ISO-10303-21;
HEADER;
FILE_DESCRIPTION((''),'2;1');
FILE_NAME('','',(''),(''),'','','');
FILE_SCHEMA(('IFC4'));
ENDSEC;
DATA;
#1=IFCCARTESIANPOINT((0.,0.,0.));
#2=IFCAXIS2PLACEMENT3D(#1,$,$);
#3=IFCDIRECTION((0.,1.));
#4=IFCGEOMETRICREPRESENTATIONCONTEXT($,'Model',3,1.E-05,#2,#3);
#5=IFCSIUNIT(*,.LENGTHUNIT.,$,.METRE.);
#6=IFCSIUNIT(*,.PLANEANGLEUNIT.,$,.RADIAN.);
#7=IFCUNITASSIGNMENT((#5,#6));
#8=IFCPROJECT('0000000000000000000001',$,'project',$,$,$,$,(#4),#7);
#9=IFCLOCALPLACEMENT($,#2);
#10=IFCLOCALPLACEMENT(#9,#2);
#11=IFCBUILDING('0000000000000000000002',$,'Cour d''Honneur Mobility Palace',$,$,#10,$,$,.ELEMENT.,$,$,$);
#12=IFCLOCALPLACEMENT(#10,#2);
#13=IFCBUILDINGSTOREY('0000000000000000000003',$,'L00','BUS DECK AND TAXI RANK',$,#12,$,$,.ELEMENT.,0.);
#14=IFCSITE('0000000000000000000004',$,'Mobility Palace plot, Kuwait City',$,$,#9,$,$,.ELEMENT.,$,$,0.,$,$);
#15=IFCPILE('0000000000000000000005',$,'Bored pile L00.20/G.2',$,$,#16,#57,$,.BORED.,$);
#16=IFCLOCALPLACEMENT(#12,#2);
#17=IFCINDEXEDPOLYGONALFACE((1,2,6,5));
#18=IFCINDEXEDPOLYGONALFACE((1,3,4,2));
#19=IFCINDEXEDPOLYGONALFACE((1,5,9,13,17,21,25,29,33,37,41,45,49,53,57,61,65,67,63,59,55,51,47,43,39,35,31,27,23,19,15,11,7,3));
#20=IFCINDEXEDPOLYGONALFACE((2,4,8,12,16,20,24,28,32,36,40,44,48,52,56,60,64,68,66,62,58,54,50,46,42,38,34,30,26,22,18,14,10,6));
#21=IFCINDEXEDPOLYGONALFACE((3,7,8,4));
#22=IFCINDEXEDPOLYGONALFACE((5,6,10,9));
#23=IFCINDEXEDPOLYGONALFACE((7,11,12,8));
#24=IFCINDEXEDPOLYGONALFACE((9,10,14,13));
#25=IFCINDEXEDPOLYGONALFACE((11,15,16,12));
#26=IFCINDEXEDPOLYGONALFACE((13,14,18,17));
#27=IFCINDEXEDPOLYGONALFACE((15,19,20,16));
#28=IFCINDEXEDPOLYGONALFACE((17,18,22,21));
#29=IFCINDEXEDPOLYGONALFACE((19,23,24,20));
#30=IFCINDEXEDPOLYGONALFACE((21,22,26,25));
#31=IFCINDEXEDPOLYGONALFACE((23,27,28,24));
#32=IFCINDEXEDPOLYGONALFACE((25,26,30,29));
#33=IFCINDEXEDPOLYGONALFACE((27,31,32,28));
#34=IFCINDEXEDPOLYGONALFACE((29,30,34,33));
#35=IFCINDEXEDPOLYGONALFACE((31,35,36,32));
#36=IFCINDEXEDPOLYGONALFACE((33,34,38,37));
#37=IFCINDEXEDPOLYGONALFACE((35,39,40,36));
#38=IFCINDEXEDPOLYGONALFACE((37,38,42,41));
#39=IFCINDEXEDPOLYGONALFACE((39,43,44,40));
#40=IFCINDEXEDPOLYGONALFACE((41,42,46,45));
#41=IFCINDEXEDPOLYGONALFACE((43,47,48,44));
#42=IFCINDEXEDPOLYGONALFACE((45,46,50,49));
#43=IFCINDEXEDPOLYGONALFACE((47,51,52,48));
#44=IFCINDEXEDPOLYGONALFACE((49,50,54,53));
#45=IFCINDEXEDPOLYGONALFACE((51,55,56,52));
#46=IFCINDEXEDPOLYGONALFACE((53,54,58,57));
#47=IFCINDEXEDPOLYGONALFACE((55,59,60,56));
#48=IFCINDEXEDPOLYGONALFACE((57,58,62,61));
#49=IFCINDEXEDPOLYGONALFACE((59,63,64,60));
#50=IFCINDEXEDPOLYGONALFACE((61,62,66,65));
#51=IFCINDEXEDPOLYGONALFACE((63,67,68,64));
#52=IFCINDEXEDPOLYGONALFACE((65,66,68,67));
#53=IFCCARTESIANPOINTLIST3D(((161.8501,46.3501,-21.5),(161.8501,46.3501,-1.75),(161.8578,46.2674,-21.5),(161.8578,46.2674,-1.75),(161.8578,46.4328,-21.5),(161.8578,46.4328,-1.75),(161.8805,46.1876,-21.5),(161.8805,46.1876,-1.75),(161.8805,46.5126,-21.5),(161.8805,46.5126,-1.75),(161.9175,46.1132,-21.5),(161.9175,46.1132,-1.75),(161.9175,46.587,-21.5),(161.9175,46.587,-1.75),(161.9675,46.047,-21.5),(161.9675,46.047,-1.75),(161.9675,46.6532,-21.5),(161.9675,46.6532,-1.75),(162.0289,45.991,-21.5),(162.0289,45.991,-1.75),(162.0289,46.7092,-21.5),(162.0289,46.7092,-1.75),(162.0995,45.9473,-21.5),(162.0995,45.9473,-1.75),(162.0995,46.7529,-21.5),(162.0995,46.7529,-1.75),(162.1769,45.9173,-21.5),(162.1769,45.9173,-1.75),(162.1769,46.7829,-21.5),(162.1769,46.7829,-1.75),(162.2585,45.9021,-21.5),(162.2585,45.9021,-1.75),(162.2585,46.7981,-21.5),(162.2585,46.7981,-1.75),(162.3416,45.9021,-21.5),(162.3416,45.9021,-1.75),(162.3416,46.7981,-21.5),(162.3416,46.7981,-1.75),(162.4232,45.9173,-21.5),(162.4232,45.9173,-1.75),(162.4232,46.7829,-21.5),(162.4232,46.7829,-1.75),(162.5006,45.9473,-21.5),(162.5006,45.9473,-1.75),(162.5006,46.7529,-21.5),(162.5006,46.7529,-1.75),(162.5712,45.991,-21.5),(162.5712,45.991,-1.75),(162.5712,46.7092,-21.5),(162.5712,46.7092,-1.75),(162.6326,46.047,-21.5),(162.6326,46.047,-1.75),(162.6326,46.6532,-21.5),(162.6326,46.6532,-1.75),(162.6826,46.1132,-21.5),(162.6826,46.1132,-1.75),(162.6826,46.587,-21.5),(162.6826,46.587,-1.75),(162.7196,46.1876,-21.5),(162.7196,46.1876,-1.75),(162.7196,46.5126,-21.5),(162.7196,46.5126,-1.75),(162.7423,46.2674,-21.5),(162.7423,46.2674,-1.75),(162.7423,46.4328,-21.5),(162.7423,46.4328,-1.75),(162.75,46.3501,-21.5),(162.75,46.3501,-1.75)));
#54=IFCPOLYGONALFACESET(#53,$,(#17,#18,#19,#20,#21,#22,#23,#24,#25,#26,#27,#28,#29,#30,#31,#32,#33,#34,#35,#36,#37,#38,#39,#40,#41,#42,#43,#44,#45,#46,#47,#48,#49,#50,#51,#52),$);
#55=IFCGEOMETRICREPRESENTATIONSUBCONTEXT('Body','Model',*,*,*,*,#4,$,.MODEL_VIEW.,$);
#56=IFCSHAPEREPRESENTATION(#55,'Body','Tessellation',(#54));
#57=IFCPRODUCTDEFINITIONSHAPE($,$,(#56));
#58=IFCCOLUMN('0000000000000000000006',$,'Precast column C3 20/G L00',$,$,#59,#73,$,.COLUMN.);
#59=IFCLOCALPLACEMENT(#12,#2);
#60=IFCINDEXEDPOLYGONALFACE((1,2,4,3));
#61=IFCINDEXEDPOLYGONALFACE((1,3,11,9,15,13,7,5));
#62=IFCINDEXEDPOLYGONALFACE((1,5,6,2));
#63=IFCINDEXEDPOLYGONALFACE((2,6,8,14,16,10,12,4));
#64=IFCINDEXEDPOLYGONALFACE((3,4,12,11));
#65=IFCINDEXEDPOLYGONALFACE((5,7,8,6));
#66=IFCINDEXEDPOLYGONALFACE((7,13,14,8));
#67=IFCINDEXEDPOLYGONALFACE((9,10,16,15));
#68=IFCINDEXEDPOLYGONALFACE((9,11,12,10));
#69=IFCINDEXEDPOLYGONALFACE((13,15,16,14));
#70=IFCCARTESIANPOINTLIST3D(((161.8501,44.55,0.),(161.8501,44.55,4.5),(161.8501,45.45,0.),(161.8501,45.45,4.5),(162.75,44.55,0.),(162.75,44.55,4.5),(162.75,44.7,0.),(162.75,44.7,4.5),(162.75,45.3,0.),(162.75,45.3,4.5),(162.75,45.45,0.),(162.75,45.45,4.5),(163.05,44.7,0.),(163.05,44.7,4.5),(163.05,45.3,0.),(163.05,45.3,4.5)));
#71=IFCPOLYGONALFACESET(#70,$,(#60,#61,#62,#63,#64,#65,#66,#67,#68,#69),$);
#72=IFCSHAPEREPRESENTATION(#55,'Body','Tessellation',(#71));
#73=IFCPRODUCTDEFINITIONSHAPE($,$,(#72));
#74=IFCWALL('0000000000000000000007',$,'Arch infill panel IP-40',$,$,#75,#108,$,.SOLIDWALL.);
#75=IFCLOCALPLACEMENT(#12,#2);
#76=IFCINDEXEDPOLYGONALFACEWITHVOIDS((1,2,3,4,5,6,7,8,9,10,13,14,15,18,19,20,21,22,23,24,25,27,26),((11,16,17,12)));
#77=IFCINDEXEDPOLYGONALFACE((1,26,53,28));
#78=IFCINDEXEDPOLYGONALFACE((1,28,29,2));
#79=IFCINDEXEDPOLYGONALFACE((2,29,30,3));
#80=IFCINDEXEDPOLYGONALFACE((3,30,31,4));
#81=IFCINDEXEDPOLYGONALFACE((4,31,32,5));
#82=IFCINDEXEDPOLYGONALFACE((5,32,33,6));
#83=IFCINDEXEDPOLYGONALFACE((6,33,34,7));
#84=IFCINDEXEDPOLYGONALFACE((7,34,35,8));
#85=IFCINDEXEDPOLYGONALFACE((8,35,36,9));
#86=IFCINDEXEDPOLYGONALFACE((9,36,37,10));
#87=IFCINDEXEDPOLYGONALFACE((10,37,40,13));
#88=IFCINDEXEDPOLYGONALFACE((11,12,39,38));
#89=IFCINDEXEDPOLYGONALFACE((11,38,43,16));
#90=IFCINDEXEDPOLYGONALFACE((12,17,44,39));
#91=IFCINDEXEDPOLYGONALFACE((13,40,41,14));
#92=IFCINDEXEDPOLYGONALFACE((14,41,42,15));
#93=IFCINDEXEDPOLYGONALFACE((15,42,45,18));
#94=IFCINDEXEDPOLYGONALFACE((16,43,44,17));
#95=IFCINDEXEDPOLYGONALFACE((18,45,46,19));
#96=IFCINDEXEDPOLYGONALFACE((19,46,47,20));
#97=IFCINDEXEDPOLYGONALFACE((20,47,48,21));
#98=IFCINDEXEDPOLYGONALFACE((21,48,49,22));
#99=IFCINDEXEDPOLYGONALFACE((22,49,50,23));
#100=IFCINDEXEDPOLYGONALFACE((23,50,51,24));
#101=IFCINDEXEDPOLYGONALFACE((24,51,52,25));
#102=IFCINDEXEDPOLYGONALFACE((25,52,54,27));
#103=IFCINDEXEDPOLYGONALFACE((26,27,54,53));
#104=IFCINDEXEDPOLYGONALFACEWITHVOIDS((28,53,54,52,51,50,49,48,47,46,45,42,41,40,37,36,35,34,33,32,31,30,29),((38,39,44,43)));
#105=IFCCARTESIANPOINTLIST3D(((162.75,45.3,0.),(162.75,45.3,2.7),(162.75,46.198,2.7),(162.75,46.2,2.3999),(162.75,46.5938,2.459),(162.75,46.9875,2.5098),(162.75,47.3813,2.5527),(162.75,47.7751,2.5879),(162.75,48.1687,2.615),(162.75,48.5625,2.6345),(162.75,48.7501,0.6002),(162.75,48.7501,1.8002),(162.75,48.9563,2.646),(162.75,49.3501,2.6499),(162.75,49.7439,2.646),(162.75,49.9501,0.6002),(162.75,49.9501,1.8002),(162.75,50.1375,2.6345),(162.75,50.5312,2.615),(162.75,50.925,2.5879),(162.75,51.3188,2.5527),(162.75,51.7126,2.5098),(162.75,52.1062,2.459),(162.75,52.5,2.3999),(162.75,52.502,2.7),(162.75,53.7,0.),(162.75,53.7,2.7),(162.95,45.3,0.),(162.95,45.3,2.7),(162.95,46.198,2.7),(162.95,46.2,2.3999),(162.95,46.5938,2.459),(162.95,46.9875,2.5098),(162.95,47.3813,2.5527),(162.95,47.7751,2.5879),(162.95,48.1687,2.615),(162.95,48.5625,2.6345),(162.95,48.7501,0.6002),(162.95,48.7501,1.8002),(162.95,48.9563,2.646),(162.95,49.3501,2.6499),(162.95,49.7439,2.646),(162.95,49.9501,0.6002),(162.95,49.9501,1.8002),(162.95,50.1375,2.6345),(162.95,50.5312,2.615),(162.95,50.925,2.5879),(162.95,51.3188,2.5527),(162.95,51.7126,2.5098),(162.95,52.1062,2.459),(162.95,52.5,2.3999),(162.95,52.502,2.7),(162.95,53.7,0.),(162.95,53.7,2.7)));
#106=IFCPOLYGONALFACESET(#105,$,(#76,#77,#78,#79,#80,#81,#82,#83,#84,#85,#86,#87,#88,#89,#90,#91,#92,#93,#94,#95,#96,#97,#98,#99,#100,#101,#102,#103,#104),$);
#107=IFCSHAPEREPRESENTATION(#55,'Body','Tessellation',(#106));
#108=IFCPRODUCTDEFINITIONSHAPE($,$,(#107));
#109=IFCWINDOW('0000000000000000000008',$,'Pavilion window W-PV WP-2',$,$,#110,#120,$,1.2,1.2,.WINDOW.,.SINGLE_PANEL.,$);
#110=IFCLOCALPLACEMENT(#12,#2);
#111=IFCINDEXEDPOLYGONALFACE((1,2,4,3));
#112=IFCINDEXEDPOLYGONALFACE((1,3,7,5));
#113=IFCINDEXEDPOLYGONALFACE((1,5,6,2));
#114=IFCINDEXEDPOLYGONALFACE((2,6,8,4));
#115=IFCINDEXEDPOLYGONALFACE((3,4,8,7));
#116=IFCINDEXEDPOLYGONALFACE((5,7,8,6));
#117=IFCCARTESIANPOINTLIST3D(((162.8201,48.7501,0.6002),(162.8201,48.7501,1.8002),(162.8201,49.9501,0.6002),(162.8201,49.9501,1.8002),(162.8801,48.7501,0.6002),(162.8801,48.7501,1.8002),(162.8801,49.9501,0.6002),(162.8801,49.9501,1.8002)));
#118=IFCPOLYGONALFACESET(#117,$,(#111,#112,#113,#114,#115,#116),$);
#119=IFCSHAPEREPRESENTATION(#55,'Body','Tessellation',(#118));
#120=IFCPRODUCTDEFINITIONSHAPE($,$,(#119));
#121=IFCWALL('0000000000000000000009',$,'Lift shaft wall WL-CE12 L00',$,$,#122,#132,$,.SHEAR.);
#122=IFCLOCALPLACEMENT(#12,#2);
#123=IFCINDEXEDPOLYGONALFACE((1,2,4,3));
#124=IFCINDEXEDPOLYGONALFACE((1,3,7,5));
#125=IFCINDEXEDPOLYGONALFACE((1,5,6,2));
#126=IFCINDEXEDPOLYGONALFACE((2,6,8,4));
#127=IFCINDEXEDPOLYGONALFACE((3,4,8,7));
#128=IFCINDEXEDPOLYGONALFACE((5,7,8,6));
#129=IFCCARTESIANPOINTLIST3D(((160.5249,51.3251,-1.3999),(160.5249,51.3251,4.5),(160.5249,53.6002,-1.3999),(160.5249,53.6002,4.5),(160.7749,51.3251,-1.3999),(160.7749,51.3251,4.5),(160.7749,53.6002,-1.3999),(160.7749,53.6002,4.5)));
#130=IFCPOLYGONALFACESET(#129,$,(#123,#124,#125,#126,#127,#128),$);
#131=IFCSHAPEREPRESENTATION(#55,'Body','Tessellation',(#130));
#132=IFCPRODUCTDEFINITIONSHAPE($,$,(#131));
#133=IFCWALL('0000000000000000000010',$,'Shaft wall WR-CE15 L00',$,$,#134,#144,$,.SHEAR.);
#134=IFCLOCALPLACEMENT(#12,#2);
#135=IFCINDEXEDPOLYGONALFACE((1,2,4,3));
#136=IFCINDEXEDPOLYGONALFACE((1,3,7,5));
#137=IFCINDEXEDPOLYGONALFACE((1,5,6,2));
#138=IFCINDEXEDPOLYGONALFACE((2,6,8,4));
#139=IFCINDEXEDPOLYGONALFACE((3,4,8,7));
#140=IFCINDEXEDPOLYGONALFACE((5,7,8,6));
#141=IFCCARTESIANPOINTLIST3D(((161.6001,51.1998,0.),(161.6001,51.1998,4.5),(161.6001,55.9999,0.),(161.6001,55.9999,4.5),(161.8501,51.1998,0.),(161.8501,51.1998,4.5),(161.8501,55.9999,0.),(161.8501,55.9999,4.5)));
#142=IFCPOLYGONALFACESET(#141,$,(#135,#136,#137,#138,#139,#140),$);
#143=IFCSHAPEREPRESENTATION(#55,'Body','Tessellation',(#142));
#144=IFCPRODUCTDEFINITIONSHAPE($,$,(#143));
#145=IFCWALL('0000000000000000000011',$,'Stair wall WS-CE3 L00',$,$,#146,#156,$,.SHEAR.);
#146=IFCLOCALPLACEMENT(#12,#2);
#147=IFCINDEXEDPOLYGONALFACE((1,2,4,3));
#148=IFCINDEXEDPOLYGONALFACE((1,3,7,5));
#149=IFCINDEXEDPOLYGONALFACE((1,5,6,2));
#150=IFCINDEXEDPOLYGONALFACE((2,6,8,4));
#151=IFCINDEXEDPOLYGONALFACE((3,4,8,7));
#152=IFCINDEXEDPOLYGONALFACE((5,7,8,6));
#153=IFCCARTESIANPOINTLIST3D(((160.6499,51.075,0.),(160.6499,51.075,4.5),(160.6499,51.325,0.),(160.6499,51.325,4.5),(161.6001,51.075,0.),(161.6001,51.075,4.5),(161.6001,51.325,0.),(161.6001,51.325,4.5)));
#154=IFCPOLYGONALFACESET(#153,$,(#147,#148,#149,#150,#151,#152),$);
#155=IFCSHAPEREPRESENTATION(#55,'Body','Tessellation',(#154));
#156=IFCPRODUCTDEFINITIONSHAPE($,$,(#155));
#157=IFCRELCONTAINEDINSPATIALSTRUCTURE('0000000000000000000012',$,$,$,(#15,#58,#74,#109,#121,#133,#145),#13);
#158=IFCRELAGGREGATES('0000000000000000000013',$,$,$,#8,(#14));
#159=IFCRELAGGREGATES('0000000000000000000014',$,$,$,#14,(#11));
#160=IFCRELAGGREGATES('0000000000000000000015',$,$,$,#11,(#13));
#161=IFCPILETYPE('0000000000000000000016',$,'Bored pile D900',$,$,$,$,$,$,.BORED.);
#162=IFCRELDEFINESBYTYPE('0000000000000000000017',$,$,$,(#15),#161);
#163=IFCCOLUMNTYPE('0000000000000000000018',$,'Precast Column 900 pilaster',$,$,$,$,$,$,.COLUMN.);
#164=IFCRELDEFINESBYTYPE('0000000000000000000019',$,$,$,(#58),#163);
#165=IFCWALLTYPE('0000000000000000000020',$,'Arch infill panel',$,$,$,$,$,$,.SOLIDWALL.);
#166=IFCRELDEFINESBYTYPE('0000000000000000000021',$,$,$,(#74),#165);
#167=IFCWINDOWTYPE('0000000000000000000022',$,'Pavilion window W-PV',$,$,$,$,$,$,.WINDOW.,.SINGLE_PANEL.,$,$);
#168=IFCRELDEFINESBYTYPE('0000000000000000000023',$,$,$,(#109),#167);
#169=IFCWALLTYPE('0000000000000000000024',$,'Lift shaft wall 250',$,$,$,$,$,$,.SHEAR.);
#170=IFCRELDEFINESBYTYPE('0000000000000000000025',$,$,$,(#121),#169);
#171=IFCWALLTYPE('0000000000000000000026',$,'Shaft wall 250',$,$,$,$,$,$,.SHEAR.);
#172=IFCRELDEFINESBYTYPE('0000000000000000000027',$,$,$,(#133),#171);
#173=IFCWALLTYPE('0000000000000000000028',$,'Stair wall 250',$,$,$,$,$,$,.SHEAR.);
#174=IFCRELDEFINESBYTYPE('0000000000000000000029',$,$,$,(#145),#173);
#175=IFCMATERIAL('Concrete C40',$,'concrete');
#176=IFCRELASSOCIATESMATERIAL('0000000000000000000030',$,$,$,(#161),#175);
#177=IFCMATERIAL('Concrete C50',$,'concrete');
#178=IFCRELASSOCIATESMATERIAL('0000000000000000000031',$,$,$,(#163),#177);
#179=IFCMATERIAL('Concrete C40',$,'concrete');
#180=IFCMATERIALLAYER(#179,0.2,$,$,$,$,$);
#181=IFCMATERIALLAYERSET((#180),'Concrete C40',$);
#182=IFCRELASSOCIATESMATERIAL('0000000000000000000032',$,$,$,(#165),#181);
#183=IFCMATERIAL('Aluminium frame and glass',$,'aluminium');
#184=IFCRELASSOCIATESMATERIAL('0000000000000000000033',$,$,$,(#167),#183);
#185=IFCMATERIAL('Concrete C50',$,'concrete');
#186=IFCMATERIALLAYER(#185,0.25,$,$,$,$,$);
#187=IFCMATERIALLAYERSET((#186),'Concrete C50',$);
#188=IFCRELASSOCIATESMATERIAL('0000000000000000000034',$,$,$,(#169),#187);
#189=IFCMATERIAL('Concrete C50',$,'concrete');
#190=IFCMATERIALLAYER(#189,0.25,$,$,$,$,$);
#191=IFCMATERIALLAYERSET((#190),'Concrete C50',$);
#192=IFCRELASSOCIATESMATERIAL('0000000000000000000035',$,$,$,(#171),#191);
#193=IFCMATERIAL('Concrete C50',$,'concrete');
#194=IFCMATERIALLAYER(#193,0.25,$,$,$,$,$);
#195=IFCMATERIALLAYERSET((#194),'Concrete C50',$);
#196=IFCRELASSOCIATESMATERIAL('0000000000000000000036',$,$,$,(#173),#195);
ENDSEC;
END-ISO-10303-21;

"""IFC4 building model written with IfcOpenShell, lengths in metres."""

from ifc_helpers import new_model, si_unit, direction, frame, frame_2d, origin, origin_2d, place, context, subcontext, project, spatial, polyline, rectangle, circle, outline, extrude, material, layer, layer_set, material_profile, profile_set, type_object, element, fill, save


model = new_model("IFC4")

# Units and contexts
model_context = context("Model", 3, precision=1e-05, world=origin(), true_north=direction((0.0, 1.0)))
body_context = subcontext(model_context, "Body", "Model", "MODEL_VIEW")
ifc_project = project(units=[si_unit("LENGTHUNIT", "METRE"), si_unit("PLANEANGLEUNIT", "RADIAN")], contexts=[model_context])

# Site, building, storey
site_placement = place(None, origin())
site = spatial("IfcSite", under=ifc_project, at=site_placement, Name="Mobility Palace plot, Kuwait City", CompositionType="ELEMENT", RefElevation=0.0)
building_placement = place(site_placement, origin())
building = spatial("IfcBuilding", under=site, at=building_placement, Name="Cour d'Honneur Mobility Palace", CompositionType="ELEMENT")
storey_placement = place(building_placement, origin())
storey = spatial("IfcBuildingStorey", under=building, at=storey_placement, Name="L00", Description="BUS DECK AND TAXI RANK", CompositionType="ELEMENT", Elevation=0.0)

# Pile
ifc_material_1 = material(Name="Concrete C40", Category="concrete")
ifc_material_profile_1 = material_profile(ifc_material_1, circle(Radius=0.45, at=origin_2d()), Name="Bored pile D900")
ifc_profile_set_1 = profile_set([ifc_material_profile_1], Name="Concrete C40")
pile_type_1 = type_object("IfcPileType", Name="Bored pile D900", PredefinedType="BORED", material=ifc_profile_set_1)
pile_1_placement = place(storey_placement, frame((162.3, 46.3501, -1.75), z_axis=(0.0, 0.0, -1.0), x_axis=(1.0, 0.0, 0.0)))
element("IfcPile", 1, at=pile_1_placement, inside=storey, type_object=pile_type_1, Name="Bored pile L00.20/G.2", PredefinedType="BORED", context=body_context, shape_type="SweptSolid", body=[
    extrude(circle(Radius=0.45, at=origin_2d()), origin(), (0.0, 0.0, 1.0), 19.75),
])

# Column
ifc_material_2 = material(Name="Concrete C50", Category="concrete")
ifc_material_profile_2 = material_profile(ifc_material_2, outline(polyline([(-0.45, -0.45), (0.45, -0.45), (0.45, -0.3), (0.75, -0.3), (0.75, 0.3), (0.45, 0.3), (0.45, 0.45), (-0.45, 0.45), (-0.45, -0.45)])), Name="PC C900 pilaster")
ifc_profile_set_2 = profile_set([ifc_material_profile_2], Name="Concrete C50")
column_type = type_object("IfcColumnType", Name="Precast Column 900 pilaster", PredefinedType="COLUMN", material=ifc_profile_set_2)
column_placement = place(storey_placement, frame((162.3, 45.0, 0.0), z_axis=(0.0, 0.0, 1.0), x_axis=(1.0, 0.0, 0.0)))
element("IfcColumn", 2, at=column_placement, inside=storey, type_object=column_type, Name="Precast column C3 20/G L00", PredefinedType="COLUMN", context=body_context, shape_type="SweptSolid", body=[
    extrude(outline(polyline([(-0.45, -0.45), (0.45, -0.45), (0.45, -0.3), (0.75, -0.3), (0.75, 0.3), (0.45, 0.3), (0.45, 0.45), (-0.45, 0.45), (-0.45, -0.45)])), origin(), (0.0, 0.0, 1.0), 4.5),
])

# Wall, opening, window
ifc_material_3 = material(Name="Concrete C40", Category="concrete")
ifc_layer_1 = layer(ifc_material_3, 0.2)
ifc_layer_set_1 = layer_set([ifc_layer_1], Name="Concrete C40")
wall_type_1 = type_object("IfcWallType", Name="Arch infill panel", PredefinedType="SOLIDWALL", material=ifc_layer_set_1)
wall_1_placement = place(storey_placement, frame((162.8501, 45.3, 0.0), z_axis=(0.0, 0.0, 1.0), x_axis=(0.0, 1.0, 0.0)))
wall_1 = element("IfcWall", 3, at=wall_1_placement, inside=storey, type_object=wall_type_1, Name="Arch infill panel IP-40", PredefinedType="SOLIDWALL", context=body_context, shape_type="SweptSolid", body=[
    extrude(outline(polyline([(0.0, 0.0), (8.3999, 0.0), (8.3999, 2.7), (7.2019, 2.7), (7.2, 2.3999), (6.8062, 2.459), (6.4126, 2.5098), (6.0188, 2.5527), (5.625, 2.5879), (5.2312, 2.615), (4.8374, 2.6345), (4.4438, 2.646), (4.05, 2.6499), (3.6562, 2.646), (3.2625, 2.6345), (2.8687, 2.615), (2.4751, 2.5879), (2.0813, 2.5527), (1.6875, 2.5098), (1.2937, 2.459), (0.8999, 2.3999), (0.8979, 2.7), (0.0, 2.7), (0.0, 0.0)])), frame((0.0, 0.1001, 0.0), z_axis=(0.0, -1.0, 0.0), x_axis=(1.0, 0.0, 0.0)), (0.0, 0.0, 1.0), 0.2),
])
opening_1_placement = place(wall_1_placement, frame((3.45, 0.0, 0.6001)))
opening_1 = element("IfcOpeningElement", 4, at=opening_1_placement, cuts=wall_1, PredefinedType="OPENING", context=body_context, shape_type="SweptSolid", body=[
    extrude(rectangle(XDim=1.2, YDim=1.2, at=frame_2d((0.6001, 0.6001))), frame((0.0, 0.1099, 0.0), z_axis=(0.0, -1.0, 0.0), x_axis=(1.0, 0.0, 0.0)), (0.0, 0.0, 1.0), 0.22),
])
ifc_material_4 = material(Name="Aluminium frame and glass", Category="aluminium")
window_type = type_object("IfcWindowType", Name="Pavilion window W-PV", PartitioningType="SINGLE_PANEL", PredefinedType="WINDOW", material=ifc_material_4)
window_placement = place(opening_1_placement, origin())
window = element("IfcWindow", 5, at=window_placement, inside=storey, type_object=window_type, Name="Pavilion window W-PV WP-2", OverallHeight=1.2, OverallWidth=1.2, PartitioningType="SINGLE_PANEL", PredefinedType="WINDOW", context=body_context, shape_type="SweptSolid", body=[
    extrude(rectangle(XDim=1.2, YDim=1.2, at=frame_2d((0.6001, 0.6001))), frame((0.0, 0.03, 0.0), z_axis=(0.0, -1.0, 0.0), x_axis=(1.0, 0.0, 0.0)), (0.0, 0.0, 1.0), 0.0601),
])
fill(opening_1, window)

# Walls
ifc_material_5 = material(Name="Concrete C50", Category="concrete")
ifc_layer_2 = layer(ifc_material_5, 0.25)
ifc_layer_set_2 = layer_set([ifc_layer_2], Name="Concrete C50")
wall_type_2 = type_object("IfcWallType", Name="Lift shaft wall 250", PredefinedType="SHEAR", material=ifc_layer_set_2)
wall_2_placement = place(storey_placement, frame((160.6499, 51.325, -1.3999), z_axis=(0.0, 0.0, 1.0), x_axis=(0.0, 1.0, 0.0)))
element("IfcWall", 6, at=wall_2_placement, inside=storey, type_object=wall_type_2, Name="Lift shaft wall WL-CE12 L00", PredefinedType="SHEAR", context=body_context, shape_type="SweptSolid", body=[
    extrude(rectangle(XDim=2.2751, YDim=0.25, at=frame_2d((1.1377, 0.0))), origin(), (0.0, 0.0, 1.0), 5.8999),
])
ifc_material_6 = material(Name="Concrete C50", Category="concrete")
ifc_layer_3 = layer(ifc_material_6, 0.25)
ifc_layer_set_3 = layer_set([ifc_layer_3], Name="Concrete C50")
wall_type_3 = type_object("IfcWallType", Name="Shaft wall 250", PredefinedType="SHEAR", material=ifc_layer_set_3)
wall_3_placement = place(storey_placement, frame((161.7251, 51.2, 0.0), z_axis=(0.0, 0.0, 1.0), x_axis=(0.0, 1.0, 0.0)))
element("IfcWall", 7, at=wall_3_placement, inside=storey, type_object=wall_type_3, Name="Shaft wall WR-CE15 L00", PredefinedType="SHEAR", context=body_context, shape_type="SweptSolid", body=[
    extrude(rectangle(XDim=4.8, YDim=0.25, at=frame_2d((2.3999, 0.0))), origin(), (0.0, 0.0, 1.0), 4.5),
])
ifc_material_7 = material(Name="Concrete C50", Category="concrete")
ifc_layer_4 = layer(ifc_material_7, 0.25)
ifc_layer_set_4 = layer_set([ifc_layer_4], Name="Concrete C50")
wall_type_4 = type_object("IfcWallType", Name="Stair wall 250", PredefinedType="SHEAR", material=ifc_layer_set_4)
wall_4_placement = place(storey_placement, frame((160.6499, 51.2, 0.0), z_axis=(0.0, 0.0, 1.0), x_axis=(1.0, 0.0, 0.0)))
element("IfcWall", 8, at=wall_4_placement, inside=storey, type_object=wall_type_4, Name="Stair wall WS-CE3 L00", PredefinedType="SHEAR", context=body_context, shape_type="SweptSolid", body=[
    extrude(rectangle(XDim=0.9502, YDim=0.25, at=frame_2d((0.4751, 0.0))), origin(), (0.0, 0.0, 1.0), 4.5),
])

save(model, "model.ifc")
